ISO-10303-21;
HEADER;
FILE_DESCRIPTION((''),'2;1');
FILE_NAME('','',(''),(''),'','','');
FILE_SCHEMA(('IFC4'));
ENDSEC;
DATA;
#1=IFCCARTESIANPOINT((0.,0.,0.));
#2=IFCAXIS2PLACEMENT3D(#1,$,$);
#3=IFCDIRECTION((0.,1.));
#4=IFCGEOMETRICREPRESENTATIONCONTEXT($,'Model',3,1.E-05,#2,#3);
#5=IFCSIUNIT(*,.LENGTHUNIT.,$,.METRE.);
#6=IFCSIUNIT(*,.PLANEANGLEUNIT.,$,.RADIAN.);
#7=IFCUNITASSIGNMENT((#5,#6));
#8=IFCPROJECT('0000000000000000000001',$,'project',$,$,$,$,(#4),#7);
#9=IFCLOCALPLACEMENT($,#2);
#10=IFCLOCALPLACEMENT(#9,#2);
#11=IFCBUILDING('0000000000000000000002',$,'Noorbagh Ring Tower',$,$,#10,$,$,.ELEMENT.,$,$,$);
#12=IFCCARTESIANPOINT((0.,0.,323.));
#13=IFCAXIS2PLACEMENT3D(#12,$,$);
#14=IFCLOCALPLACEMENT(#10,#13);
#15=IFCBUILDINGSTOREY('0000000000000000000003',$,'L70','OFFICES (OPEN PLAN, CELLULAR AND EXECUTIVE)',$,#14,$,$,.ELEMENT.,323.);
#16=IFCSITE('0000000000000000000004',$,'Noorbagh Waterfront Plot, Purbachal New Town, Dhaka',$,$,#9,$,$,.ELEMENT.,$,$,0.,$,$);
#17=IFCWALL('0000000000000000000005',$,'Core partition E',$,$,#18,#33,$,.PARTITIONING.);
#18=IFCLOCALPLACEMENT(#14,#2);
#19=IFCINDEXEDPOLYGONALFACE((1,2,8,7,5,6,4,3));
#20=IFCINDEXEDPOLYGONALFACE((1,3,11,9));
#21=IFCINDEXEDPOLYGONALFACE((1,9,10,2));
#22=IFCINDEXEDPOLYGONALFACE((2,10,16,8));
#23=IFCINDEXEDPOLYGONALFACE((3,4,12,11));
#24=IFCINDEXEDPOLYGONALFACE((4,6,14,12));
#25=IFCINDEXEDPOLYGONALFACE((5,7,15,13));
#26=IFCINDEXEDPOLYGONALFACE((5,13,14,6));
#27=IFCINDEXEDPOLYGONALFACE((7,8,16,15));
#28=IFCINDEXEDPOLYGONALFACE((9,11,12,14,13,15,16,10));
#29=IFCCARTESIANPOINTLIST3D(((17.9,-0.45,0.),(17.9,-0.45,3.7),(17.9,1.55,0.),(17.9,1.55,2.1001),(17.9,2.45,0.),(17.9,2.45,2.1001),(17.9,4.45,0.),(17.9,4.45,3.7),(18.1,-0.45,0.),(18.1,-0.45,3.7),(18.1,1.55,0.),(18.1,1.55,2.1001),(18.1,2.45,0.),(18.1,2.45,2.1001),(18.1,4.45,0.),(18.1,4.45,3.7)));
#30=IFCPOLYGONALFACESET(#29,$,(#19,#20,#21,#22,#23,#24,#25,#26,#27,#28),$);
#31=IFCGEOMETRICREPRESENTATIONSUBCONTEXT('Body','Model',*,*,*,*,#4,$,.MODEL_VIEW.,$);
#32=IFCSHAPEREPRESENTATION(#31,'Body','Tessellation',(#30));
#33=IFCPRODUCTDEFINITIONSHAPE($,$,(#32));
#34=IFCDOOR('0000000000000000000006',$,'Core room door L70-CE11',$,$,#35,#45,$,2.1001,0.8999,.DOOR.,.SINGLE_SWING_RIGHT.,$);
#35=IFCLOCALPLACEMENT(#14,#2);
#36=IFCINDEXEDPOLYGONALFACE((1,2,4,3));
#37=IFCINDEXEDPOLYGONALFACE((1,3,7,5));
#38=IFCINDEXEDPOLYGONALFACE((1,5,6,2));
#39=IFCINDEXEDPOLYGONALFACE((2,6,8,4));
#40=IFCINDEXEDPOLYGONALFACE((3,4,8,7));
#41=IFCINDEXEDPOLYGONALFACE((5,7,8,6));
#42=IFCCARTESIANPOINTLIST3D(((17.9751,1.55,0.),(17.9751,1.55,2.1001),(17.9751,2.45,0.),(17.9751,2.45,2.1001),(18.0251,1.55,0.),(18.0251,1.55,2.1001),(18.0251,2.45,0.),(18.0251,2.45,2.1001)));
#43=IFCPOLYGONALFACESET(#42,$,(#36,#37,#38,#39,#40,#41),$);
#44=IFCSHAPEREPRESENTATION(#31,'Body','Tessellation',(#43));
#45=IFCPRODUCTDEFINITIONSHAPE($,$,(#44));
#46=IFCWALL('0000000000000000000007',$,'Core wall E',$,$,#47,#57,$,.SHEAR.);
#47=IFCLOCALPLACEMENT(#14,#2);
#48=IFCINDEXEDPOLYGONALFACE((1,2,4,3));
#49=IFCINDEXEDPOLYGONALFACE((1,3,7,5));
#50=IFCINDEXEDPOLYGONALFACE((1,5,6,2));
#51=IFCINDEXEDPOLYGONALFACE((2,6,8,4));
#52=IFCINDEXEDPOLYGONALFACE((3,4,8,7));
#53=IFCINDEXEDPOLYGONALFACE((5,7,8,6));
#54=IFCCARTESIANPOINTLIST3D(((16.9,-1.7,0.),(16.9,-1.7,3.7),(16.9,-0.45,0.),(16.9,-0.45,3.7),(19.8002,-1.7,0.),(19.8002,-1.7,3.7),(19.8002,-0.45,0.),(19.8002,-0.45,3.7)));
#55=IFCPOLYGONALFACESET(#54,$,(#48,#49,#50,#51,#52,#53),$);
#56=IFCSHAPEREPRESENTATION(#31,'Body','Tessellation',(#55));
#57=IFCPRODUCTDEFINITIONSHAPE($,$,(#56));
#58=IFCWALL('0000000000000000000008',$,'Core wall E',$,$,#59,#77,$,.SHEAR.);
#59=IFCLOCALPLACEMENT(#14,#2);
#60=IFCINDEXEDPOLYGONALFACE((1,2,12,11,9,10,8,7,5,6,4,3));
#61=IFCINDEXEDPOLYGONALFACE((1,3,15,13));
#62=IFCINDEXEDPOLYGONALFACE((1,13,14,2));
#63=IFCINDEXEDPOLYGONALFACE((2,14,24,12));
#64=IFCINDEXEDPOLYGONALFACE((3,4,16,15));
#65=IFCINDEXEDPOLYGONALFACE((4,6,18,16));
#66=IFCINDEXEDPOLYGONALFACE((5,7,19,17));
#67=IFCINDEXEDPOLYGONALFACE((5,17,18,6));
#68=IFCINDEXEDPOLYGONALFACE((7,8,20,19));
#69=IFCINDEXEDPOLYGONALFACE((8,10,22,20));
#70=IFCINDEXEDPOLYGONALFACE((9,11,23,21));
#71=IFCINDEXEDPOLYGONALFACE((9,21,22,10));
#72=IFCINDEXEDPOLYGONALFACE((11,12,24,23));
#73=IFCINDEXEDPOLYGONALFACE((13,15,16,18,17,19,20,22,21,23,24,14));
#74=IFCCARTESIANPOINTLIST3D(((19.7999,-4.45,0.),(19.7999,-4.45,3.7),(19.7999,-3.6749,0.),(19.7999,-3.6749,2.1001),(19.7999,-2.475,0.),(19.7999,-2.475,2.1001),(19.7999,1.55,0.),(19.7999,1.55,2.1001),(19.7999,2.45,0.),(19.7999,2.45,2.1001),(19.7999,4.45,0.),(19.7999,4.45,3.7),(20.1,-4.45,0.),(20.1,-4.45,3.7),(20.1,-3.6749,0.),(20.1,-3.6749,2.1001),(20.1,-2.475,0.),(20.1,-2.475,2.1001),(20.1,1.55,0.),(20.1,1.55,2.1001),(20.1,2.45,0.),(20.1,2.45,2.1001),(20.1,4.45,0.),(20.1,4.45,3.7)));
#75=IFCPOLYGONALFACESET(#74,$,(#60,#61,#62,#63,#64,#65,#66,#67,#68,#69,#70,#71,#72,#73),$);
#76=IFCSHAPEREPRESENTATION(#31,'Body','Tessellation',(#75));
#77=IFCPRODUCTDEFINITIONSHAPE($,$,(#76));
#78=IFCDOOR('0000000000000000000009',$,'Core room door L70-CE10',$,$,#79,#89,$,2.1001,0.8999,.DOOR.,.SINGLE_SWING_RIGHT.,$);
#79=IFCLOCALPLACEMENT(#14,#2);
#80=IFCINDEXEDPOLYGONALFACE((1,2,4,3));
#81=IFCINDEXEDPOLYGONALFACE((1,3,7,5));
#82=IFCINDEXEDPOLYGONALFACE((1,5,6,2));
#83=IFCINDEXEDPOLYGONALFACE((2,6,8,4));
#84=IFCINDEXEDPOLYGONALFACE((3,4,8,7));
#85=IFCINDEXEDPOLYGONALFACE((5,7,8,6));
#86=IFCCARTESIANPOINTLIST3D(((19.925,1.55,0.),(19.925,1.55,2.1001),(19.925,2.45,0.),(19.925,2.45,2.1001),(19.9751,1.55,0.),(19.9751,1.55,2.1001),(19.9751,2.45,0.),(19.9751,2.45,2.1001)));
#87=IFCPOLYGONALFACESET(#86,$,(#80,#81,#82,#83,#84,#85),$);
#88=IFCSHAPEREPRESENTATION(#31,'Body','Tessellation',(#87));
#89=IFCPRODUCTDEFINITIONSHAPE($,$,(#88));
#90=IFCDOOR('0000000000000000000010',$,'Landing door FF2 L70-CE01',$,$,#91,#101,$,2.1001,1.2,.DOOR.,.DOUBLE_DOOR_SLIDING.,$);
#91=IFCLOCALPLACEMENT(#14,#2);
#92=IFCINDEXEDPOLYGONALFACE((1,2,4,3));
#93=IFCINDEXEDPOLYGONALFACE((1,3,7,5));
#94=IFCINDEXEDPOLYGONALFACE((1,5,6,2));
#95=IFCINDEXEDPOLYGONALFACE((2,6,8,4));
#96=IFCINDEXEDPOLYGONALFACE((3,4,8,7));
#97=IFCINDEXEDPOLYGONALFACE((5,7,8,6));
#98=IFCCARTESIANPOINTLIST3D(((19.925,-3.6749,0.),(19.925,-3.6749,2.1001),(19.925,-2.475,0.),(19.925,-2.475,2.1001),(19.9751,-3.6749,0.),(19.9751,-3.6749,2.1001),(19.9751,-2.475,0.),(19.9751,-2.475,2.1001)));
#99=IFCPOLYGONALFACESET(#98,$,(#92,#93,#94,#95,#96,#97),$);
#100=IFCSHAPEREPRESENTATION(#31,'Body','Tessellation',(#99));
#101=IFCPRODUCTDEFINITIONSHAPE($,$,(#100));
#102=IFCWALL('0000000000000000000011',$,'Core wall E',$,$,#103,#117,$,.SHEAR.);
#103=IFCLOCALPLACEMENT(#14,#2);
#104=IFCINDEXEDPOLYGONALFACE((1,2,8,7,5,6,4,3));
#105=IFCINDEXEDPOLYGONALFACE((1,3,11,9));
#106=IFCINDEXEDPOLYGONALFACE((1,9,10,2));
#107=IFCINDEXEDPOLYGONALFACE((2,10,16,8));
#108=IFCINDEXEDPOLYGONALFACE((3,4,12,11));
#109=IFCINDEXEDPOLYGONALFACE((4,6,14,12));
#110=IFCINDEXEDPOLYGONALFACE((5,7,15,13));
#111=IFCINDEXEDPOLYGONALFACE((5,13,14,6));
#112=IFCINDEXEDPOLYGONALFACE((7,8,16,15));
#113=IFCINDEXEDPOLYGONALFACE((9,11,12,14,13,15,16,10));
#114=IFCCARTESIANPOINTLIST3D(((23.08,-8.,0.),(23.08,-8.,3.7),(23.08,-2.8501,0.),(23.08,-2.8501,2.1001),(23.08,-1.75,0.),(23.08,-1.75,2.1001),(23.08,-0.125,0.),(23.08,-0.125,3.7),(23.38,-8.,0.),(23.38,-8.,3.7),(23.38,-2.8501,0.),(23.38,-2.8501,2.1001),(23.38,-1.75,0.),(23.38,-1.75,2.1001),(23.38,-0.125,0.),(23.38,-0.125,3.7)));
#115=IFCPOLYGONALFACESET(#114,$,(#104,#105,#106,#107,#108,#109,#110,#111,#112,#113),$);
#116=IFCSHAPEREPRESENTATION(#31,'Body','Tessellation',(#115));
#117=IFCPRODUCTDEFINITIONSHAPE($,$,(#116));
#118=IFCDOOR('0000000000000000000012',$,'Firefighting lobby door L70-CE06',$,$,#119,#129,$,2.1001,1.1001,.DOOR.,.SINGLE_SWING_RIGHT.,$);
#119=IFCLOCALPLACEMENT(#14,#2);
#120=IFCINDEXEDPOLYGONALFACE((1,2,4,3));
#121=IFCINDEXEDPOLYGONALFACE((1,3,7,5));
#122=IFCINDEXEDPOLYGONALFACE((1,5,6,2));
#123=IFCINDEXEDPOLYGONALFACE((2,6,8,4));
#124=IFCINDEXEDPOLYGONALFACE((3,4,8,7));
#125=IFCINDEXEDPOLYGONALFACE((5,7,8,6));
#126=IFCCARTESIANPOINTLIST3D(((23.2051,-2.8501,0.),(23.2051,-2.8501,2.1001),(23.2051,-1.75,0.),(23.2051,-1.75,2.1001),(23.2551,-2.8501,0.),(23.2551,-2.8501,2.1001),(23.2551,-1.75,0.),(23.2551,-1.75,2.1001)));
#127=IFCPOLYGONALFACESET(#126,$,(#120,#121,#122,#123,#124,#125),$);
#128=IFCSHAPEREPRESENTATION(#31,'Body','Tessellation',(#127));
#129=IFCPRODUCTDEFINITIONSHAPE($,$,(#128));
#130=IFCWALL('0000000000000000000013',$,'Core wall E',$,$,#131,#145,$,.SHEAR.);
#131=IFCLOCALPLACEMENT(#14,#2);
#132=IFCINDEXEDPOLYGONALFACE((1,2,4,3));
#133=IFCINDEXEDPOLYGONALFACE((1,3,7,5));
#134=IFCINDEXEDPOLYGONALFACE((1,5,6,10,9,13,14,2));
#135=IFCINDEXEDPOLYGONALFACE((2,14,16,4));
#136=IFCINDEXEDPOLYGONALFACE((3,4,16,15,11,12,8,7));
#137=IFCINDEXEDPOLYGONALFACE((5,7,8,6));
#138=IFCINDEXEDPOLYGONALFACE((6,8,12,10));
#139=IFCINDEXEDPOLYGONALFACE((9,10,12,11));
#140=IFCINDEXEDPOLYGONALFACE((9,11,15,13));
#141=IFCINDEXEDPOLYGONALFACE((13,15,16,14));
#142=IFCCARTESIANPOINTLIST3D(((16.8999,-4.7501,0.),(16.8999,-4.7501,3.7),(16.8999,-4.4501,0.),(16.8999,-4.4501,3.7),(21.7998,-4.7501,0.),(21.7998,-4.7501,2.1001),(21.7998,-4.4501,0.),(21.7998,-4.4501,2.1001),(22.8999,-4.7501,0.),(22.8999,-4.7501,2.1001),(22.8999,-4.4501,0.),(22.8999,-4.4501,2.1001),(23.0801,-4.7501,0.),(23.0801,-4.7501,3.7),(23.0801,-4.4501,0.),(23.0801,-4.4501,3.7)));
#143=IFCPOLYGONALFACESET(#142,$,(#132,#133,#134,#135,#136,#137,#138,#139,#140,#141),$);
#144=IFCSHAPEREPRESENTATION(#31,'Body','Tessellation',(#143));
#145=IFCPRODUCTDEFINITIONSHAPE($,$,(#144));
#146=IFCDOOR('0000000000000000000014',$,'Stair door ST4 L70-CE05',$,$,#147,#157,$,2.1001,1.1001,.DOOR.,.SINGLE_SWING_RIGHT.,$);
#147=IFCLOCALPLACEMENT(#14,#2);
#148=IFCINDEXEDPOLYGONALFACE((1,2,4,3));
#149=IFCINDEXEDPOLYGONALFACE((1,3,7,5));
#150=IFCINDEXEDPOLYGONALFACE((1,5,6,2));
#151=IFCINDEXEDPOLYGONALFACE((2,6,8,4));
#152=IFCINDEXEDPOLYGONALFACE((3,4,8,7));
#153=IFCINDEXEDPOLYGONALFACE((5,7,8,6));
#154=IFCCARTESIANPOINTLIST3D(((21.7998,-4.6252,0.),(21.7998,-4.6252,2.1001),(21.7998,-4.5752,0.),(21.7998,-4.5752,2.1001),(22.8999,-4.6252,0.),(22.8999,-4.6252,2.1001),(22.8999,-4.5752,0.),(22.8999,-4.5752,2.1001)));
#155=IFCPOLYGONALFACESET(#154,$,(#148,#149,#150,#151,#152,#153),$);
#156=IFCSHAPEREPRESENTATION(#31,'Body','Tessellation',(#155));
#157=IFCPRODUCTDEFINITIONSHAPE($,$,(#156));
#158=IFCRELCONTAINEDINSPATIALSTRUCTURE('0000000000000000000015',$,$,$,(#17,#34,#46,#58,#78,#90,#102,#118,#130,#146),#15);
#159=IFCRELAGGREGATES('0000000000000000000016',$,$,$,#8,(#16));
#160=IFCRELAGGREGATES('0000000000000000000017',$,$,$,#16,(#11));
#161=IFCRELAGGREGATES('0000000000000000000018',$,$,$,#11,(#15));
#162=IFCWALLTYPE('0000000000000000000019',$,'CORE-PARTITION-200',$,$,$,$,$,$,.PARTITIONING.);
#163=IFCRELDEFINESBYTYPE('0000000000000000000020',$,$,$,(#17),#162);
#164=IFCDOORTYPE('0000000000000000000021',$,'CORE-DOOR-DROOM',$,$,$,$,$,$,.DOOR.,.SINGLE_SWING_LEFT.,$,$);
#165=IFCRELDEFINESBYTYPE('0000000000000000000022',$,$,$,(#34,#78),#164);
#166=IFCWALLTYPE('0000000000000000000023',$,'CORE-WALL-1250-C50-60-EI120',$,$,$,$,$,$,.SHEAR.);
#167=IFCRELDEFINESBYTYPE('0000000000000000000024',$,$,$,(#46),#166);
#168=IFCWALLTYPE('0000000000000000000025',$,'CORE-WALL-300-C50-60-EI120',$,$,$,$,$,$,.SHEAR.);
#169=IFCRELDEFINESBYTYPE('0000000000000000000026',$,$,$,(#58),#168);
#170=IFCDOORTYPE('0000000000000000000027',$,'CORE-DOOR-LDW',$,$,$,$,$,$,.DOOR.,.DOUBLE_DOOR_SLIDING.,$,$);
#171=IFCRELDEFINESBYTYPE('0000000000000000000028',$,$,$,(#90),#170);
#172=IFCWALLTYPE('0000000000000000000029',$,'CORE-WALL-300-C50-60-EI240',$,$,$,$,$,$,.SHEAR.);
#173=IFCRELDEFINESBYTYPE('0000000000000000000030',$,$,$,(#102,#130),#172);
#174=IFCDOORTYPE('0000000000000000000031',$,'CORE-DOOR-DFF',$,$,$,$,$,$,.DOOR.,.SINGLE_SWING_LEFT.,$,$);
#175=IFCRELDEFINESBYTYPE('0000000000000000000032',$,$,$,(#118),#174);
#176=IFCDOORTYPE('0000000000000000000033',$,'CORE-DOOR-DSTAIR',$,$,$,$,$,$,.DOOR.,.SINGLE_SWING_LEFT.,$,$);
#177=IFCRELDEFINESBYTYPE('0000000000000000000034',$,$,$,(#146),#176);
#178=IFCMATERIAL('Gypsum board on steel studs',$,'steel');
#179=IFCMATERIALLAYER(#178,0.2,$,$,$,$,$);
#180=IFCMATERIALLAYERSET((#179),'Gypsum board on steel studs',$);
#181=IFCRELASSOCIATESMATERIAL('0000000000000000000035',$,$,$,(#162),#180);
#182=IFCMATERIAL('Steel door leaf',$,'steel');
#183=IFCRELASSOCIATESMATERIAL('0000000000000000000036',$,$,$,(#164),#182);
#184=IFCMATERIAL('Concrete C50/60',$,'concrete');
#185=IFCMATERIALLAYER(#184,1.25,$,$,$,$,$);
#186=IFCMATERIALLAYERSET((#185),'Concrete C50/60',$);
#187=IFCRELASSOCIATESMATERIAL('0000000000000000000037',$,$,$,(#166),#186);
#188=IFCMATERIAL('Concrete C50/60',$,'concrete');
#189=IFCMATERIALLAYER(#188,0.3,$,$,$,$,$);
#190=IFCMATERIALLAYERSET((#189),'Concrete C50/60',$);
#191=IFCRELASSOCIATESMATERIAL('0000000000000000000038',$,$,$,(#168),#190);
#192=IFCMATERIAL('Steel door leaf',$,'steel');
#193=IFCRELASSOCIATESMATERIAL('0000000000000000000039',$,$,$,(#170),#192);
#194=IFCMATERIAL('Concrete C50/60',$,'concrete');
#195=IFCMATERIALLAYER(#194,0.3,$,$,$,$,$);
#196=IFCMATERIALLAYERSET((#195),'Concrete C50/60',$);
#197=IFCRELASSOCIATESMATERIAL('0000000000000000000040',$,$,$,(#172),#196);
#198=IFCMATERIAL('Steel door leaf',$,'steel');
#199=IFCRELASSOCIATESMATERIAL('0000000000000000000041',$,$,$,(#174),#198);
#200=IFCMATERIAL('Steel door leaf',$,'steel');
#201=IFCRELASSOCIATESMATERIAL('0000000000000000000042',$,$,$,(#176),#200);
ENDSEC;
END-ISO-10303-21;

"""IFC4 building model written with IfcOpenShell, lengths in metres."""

from ifc_helpers import new_model, si_unit, direction, frame, frame_2d, origin, place, context, subcontext, project, spatial, rectangle, extrude, material, layer, layer_set, type_object, element, fill, save


model = new_model("IFC4")

# Units and contexts
model_context = context("Model", 3, precision=1e-05, world=origin(), true_north=direction((0.0, 1.0)))
body_context = subcontext(model_context, "Body", "Model", "MODEL_VIEW")
ifc_project = project(units=[si_unit("LENGTHUNIT", "METRE"), si_unit("PLANEANGLEUNIT", "RADIAN")], contexts=[model_context])

# Site, building, storey
site_placement = place(None, origin())
site = spatial("IfcSite", under=ifc_project, at=site_placement, Name="Noorbagh Waterfront Plot, Purbachal New Town, Dhaka", CompositionType="ELEMENT", RefElevation=0.0)
building_placement = place(site_placement, origin())
building = spatial("IfcBuilding", under=site, at=building_placement, Name="Noorbagh Ring Tower", CompositionType="ELEMENT")
storey_placement = place(building_placement, frame((0.0, 0.0, 323.0)))
storey = spatial("IfcBuildingStorey", under=building, at=storey_placement, Name="L70", Description="OFFICES (OPEN PLAN, CELLULAR AND EXECUTIVE)", CompositionType="ELEMENT", Elevation=323.0)

# Wall, opening, door
ifc_material_1 = material(Name="Gypsum board on steel studs", Category="steel")
ifc_layer_1 = layer(ifc_material_1, 0.2)
ifc_layer_set_1 = layer_set([ifc_layer_1], Name="Gypsum board on steel studs")
wall_type_1 = type_object("IfcWallType", Name="CORE-PARTITION-200", PredefinedType="PARTITIONING", material=ifc_layer_set_1)
wall_1_placement = place(storey_placement, frame((18.0, -0.45, 0.0), z_axis=(0.0, 0.0, 1.0), x_axis=(0.0, 1.0, 0.0)))
wall_1 = element("IfcWall", 1, at=wall_1_placement, inside=storey, type_object=wall_type_1, Name="Core partition E", PredefinedType="PARTITIONING", context=body_context, shape_type="SweptSolid", body=[
    extrude(rectangle(XDim=4.8999, YDim=0.2, at=frame_2d((2.45, 0.0))), origin(), (0.0, 0.0, 1.0), 3.7),
])
opening_1_placement = place(wall_1_placement, frame((2.0, 0.0, 0.0)))
opening_1 = element("IfcOpeningElement", 2, at=opening_1_placement, cuts=wall_1, PredefinedType="OPENING", context=body_context, shape_type="SweptSolid", body=[
    extrude(rectangle(XDim=0.8999, YDim=2.1001, at=frame_2d((0.45, 1.05))), frame((0.0, 0.1099, 0.0), z_axis=(0.0, -1.0, 0.0), x_axis=(1.0, 0.0, 0.0)), (0.0, 0.0, 1.0), 0.22),
])
ifc_material_2 = material(Name="Steel door leaf", Category="steel")
door_type_1 = type_object("IfcDoorType", Name="CORE-DOOR-DROOM", OperationType="SINGLE_SWING_LEFT", PredefinedType="DOOR", material=ifc_material_2)
door_1_placement = place(opening_1_placement, origin())
door_1 = element("IfcDoor", 3, at=door_1_placement, inside=storey, type_object=door_type_1, Name="Core room door L70-CE11", OperationType="SINGLE_SWING_RIGHT", OverallHeight=2.1001, OverallWidth=0.8999, PredefinedType="DOOR", context=body_context, shape_type="SweptSolid", body=[
    extrude(rectangle(XDim=0.8999, YDim=2.1001, at=frame_2d((0.45, 1.05))), frame((0.0, 0.0249, 0.0), z_axis=(0.0, -1.0, 0.0), x_axis=(1.0, 0.0, 0.0)), (0.0, 0.0, 1.0), 0.05),
])
fill(opening_1, door_1)

# Wall
ifc_material_3 = material(Name="Concrete C50/60", Category="concrete")
ifc_layer_2 = layer(ifc_material_3, 1.25)
ifc_layer_set_2 = layer_set([ifc_layer_2], Name="Concrete C50/60")
wall_type_2 = type_object("IfcWallType", Name="CORE-WALL-1250-C50-60-EI120", PredefinedType="SHEAR", material=ifc_layer_set_2)
wall_2_placement = place(storey_placement, frame((16.8999, -1.075, 0.0), z_axis=(0.0, 0.0, 1.0), x_axis=(1.0, 0.0, 0.0)))
element("IfcWall", 4, at=wall_2_placement, inside=storey, type_object=wall_type_2, Name="Core wall E", PredefinedType="SHEAR", context=body_context, shape_type="SweptSolid", body=[
    extrude(rectangle(XDim=2.9001, YDim=1.25, at=frame_2d((1.4502, 0.0))), origin(), (0.0, 0.0, 1.0), 3.7),
])

# Wall, openings, doors
ifc_material_4 = material(Name="Concrete C50/60", Category="concrete")
ifc_layer_3 = layer(ifc_material_4, 0.3)
ifc_layer_set_3 = layer_set([ifc_layer_3], Name="Concrete C50/60")
wall_type_3 = type_object("IfcWallType", Name="CORE-WALL-300-C50-60-EI120", PredefinedType="SHEAR", material=ifc_layer_set_3)
wall_3_placement = place(storey_placement, frame((19.95, -4.45, 0.0), z_axis=(0.0, 0.0, 1.0), x_axis=(0.0, 1.0, 0.0)))
wall_3 = element("IfcWall", 5, at=wall_3_placement, inside=storey, type_object=wall_type_3, Name="Core wall E", PredefinedType="SHEAR", context=body_context, shape_type="SweptSolid", body=[
    extrude(rectangle(XDim=8.8999, YDim=0.3, at=frame_2d((4.45, 0.0))), origin(), (0.0, 0.0, 1.0), 3.7),
])
opening_2_placement = place(wall_3_placement, frame((0.7749, 0.0, 0.0)))
opening_2 = element("IfcOpeningElement", 6, at=opening_2_placement, cuts=wall_3, PredefinedType="OPENING", context=body_context, shape_type="SweptSolid", body=[
    extrude(rectangle(XDim=1.2, YDim=2.1001, at=frame_2d((0.6001, 1.05))), frame((0.0, 0.1602, 0.0), z_axis=(0.0, -1.0, 0.0), x_axis=(1.0, 0.0, 0.0)), (0.0, 0.0, 1.0), 0.3201),
])
opening_3_placement = place(wall_3_placement, frame((6.0, 0.0, 0.0)))
opening_3 = element("IfcOpeningElement", 7, at=opening_3_placement, cuts=wall_3, PredefinedType="OPENING", context=body_context, shape_type="SweptSolid", body=[
    extrude(rectangle(XDim=0.8999, YDim=2.1001, at=frame_2d((0.45, 1.05))), frame((0.0, 0.1602, 0.0), z_axis=(0.0, -1.0, 0.0), x_axis=(1.0, 0.0, 0.0)), (0.0, 0.0, 1.0), 0.3201),
])
door_2_placement = place(opening_3_placement, origin())
door_2 = element("IfcDoor", 8, at=door_2_placement, inside=storey, type_object=door_type_1, Name="Core room door L70-CE10", OperationType="SINGLE_SWING_RIGHT", OverallHeight=2.1001, OverallWidth=0.8999, PredefinedType="DOOR", context=body_context, shape_type="SweptSolid", body=[
    extrude(rectangle(XDim=0.8999, YDim=2.1001, at=frame_2d((0.45, 1.05))), frame((0.0, 0.0249, 0.0), z_axis=(0.0, -1.0, 0.0), x_axis=(1.0, 0.0, 0.0)), (0.0, 0.0, 1.0), 0.05),
])
fill(opening_3, door_2)
ifc_material_5 = material(Name="Steel door leaf", Category="steel")
door_type_2 = type_object("IfcDoorType", Name="CORE-DOOR-LDW", OperationType="DOUBLE_DOOR_SLIDING", PredefinedType="DOOR", material=ifc_material_5)
door_3_placement = place(opening_2_placement, origin())
door_3 = element("IfcDoor", 9, at=door_3_placement, inside=storey, type_object=door_type_2, Name="Landing door FF2 L70-CE01", OperationType="DOUBLE_DOOR_SLIDING", OverallHeight=2.1001, OverallWidth=1.2, PredefinedType="DOOR", context=body_context, shape_type="SweptSolid", body=[
    extrude(rectangle(XDim=1.2, YDim=2.1001, at=frame_2d((0.6001, 1.05))), frame((0.0, 0.0249, 0.0), z_axis=(0.0, -1.0, 0.0), x_axis=(1.0, 0.0, 0.0)), (0.0, 0.0, 1.0), 0.05),
])
fill(opening_2, door_3)

# Walls, openings, doors
ifc_material_6 = material(Name="Concrete C50/60", Category="concrete")
ifc_layer_4 = layer(ifc_material_6, 0.3)
ifc_layer_set_4 = layer_set([ifc_layer_4], Name="Concrete C50/60")
wall_type_4 = type_object("IfcWallType", Name="CORE-WALL-300-C50-60-EI240", PredefinedType="SHEAR", material=ifc_layer_set_4)
wall_4_placement = place(storey_placement, frame((23.23, -8.0, 0.0), z_axis=(0.0, 0.0, 1.0), x_axis=(0.0, 1.0, 0.0)))
wall_4 = element("IfcWall", 10, at=wall_4_placement, inside=storey, type_object=wall_type_4, Name="Core wall E", PredefinedType="SHEAR", context=body_context, shape_type="SweptSolid", body=[
    extrude(rectangle(XDim=7.875, YDim=0.3, at=frame_2d((3.9375, 0.0))), origin(), (0.0, 0.0, 1.0), 3.7),
])
opening_4_placement = place(wall_4_placement, frame((5.1499, 0.0, 0.0)))
opening_4 = element("IfcOpeningElement", 11, at=opening_4_placement, cuts=wall_4, PredefinedType="OPENING", context=body_context, shape_type="SweptSolid", body=[
    extrude(rectangle(XDim=1.1001, YDim=2.1001, at=frame_2d((0.55, 1.05))), frame((0.0, 0.1602, 0.0), z_axis=(0.0, -1.0, 0.0), x_axis=(1.0, 0.0, 0.0)), (0.0, 0.0, 1.0), 0.3201),
])
ifc_material_7 = material(Name="Steel door leaf", Category="steel")
door_type_3 = type_object("IfcDoorType", Name="CORE-DOOR-DFF", OperationType="SINGLE_SWING_LEFT", PredefinedType="DOOR", material=ifc_material_7)
door_4_placement = place(opening_4_placement, origin())
door_4 = element("IfcDoor", 12, at=door_4_placement, inside=storey, type_object=door_type_3, Name="Firefighting lobby door L70-CE06", OperationType="SINGLE_SWING_RIGHT", OverallHeight=2.1001, OverallWidth=1.1001, PredefinedType="DOOR", context=body_context, shape_type="SweptSolid", body=[
    extrude(rectangle(XDim=1.1001, YDim=2.1001, at=frame_2d((0.55, 1.05))), frame((0.0, 0.0249, 0.0), z_axis=(0.0, -1.0, 0.0), x_axis=(1.0, 0.0, 0.0)), (0.0, 0.0, 1.0), 0.05),
])
fill(opening_4, door_4)
wall_5_placement = place(storey_placement, frame((16.8999, -4.6001, 0.0), z_axis=(0.0, 0.0, 1.0), x_axis=(1.0, 0.0, 0.0)))
wall_5 = element("IfcWall", 13, at=wall_5_placement, inside=storey, type_object=wall_type_4, Name="Core wall E", PredefinedType="SHEAR", context=body_context, shape_type="SweptSolid", body=[
    extrude(rectangle(XDim=6.1802, YDim=0.3, at=frame_2d((3.0901, 0.0))), origin(), (0.0, 0.0, 1.0), 3.7),
])
opening_5_placement = place(wall_5_placement, frame((4.8999, 0.0, 0.0)))
opening_5 = element("IfcOpeningElement", 14, at=opening_5_placement, cuts=wall_5, PredefinedType="OPENING", context=body_context, shape_type="SweptSolid", body=[
    extrude(rectangle(XDim=1.1001, YDim=2.1001, at=frame_2d((0.55, 1.05))), frame((0.0, 0.1602, 0.0), z_axis=(0.0, -1.0, 0.0), x_axis=(1.0, 0.0, 0.0)), (0.0, 0.0, 1.0), 0.3201),
])
ifc_material_8 = material(Name="Steel door leaf", Category="steel")
door_type_4 = type_object("IfcDoorType", Name="CORE-DOOR-DSTAIR", OperationType="SINGLE_SWING_LEFT", PredefinedType="DOOR", material=ifc_material_8)
door_5_placement = place(opening_5_placement, origin())
door_5 = element("IfcDoor", 15, at=door_5_placement, inside=storey, type_object=door_type_4, Name="Stair door ST4 L70-CE05", OperationType="SINGLE_SWING_RIGHT", OverallHeight=2.1001, OverallWidth=1.1001, PredefinedType="DOOR", context=body_context, shape_type="SweptSolid", body=[
    extrude(rectangle(XDim=1.1001, YDim=2.1001, at=frame_2d((0.55, 1.05))), frame((0.0, 0.0249, 0.0), z_axis=(0.0, -1.0, 0.0), x_axis=(1.0, 0.0, 0.0)), (0.0, 0.0, 1.0), 0.05),
])
fill(opening_5, door_5)

save(model, "model.ifc")
